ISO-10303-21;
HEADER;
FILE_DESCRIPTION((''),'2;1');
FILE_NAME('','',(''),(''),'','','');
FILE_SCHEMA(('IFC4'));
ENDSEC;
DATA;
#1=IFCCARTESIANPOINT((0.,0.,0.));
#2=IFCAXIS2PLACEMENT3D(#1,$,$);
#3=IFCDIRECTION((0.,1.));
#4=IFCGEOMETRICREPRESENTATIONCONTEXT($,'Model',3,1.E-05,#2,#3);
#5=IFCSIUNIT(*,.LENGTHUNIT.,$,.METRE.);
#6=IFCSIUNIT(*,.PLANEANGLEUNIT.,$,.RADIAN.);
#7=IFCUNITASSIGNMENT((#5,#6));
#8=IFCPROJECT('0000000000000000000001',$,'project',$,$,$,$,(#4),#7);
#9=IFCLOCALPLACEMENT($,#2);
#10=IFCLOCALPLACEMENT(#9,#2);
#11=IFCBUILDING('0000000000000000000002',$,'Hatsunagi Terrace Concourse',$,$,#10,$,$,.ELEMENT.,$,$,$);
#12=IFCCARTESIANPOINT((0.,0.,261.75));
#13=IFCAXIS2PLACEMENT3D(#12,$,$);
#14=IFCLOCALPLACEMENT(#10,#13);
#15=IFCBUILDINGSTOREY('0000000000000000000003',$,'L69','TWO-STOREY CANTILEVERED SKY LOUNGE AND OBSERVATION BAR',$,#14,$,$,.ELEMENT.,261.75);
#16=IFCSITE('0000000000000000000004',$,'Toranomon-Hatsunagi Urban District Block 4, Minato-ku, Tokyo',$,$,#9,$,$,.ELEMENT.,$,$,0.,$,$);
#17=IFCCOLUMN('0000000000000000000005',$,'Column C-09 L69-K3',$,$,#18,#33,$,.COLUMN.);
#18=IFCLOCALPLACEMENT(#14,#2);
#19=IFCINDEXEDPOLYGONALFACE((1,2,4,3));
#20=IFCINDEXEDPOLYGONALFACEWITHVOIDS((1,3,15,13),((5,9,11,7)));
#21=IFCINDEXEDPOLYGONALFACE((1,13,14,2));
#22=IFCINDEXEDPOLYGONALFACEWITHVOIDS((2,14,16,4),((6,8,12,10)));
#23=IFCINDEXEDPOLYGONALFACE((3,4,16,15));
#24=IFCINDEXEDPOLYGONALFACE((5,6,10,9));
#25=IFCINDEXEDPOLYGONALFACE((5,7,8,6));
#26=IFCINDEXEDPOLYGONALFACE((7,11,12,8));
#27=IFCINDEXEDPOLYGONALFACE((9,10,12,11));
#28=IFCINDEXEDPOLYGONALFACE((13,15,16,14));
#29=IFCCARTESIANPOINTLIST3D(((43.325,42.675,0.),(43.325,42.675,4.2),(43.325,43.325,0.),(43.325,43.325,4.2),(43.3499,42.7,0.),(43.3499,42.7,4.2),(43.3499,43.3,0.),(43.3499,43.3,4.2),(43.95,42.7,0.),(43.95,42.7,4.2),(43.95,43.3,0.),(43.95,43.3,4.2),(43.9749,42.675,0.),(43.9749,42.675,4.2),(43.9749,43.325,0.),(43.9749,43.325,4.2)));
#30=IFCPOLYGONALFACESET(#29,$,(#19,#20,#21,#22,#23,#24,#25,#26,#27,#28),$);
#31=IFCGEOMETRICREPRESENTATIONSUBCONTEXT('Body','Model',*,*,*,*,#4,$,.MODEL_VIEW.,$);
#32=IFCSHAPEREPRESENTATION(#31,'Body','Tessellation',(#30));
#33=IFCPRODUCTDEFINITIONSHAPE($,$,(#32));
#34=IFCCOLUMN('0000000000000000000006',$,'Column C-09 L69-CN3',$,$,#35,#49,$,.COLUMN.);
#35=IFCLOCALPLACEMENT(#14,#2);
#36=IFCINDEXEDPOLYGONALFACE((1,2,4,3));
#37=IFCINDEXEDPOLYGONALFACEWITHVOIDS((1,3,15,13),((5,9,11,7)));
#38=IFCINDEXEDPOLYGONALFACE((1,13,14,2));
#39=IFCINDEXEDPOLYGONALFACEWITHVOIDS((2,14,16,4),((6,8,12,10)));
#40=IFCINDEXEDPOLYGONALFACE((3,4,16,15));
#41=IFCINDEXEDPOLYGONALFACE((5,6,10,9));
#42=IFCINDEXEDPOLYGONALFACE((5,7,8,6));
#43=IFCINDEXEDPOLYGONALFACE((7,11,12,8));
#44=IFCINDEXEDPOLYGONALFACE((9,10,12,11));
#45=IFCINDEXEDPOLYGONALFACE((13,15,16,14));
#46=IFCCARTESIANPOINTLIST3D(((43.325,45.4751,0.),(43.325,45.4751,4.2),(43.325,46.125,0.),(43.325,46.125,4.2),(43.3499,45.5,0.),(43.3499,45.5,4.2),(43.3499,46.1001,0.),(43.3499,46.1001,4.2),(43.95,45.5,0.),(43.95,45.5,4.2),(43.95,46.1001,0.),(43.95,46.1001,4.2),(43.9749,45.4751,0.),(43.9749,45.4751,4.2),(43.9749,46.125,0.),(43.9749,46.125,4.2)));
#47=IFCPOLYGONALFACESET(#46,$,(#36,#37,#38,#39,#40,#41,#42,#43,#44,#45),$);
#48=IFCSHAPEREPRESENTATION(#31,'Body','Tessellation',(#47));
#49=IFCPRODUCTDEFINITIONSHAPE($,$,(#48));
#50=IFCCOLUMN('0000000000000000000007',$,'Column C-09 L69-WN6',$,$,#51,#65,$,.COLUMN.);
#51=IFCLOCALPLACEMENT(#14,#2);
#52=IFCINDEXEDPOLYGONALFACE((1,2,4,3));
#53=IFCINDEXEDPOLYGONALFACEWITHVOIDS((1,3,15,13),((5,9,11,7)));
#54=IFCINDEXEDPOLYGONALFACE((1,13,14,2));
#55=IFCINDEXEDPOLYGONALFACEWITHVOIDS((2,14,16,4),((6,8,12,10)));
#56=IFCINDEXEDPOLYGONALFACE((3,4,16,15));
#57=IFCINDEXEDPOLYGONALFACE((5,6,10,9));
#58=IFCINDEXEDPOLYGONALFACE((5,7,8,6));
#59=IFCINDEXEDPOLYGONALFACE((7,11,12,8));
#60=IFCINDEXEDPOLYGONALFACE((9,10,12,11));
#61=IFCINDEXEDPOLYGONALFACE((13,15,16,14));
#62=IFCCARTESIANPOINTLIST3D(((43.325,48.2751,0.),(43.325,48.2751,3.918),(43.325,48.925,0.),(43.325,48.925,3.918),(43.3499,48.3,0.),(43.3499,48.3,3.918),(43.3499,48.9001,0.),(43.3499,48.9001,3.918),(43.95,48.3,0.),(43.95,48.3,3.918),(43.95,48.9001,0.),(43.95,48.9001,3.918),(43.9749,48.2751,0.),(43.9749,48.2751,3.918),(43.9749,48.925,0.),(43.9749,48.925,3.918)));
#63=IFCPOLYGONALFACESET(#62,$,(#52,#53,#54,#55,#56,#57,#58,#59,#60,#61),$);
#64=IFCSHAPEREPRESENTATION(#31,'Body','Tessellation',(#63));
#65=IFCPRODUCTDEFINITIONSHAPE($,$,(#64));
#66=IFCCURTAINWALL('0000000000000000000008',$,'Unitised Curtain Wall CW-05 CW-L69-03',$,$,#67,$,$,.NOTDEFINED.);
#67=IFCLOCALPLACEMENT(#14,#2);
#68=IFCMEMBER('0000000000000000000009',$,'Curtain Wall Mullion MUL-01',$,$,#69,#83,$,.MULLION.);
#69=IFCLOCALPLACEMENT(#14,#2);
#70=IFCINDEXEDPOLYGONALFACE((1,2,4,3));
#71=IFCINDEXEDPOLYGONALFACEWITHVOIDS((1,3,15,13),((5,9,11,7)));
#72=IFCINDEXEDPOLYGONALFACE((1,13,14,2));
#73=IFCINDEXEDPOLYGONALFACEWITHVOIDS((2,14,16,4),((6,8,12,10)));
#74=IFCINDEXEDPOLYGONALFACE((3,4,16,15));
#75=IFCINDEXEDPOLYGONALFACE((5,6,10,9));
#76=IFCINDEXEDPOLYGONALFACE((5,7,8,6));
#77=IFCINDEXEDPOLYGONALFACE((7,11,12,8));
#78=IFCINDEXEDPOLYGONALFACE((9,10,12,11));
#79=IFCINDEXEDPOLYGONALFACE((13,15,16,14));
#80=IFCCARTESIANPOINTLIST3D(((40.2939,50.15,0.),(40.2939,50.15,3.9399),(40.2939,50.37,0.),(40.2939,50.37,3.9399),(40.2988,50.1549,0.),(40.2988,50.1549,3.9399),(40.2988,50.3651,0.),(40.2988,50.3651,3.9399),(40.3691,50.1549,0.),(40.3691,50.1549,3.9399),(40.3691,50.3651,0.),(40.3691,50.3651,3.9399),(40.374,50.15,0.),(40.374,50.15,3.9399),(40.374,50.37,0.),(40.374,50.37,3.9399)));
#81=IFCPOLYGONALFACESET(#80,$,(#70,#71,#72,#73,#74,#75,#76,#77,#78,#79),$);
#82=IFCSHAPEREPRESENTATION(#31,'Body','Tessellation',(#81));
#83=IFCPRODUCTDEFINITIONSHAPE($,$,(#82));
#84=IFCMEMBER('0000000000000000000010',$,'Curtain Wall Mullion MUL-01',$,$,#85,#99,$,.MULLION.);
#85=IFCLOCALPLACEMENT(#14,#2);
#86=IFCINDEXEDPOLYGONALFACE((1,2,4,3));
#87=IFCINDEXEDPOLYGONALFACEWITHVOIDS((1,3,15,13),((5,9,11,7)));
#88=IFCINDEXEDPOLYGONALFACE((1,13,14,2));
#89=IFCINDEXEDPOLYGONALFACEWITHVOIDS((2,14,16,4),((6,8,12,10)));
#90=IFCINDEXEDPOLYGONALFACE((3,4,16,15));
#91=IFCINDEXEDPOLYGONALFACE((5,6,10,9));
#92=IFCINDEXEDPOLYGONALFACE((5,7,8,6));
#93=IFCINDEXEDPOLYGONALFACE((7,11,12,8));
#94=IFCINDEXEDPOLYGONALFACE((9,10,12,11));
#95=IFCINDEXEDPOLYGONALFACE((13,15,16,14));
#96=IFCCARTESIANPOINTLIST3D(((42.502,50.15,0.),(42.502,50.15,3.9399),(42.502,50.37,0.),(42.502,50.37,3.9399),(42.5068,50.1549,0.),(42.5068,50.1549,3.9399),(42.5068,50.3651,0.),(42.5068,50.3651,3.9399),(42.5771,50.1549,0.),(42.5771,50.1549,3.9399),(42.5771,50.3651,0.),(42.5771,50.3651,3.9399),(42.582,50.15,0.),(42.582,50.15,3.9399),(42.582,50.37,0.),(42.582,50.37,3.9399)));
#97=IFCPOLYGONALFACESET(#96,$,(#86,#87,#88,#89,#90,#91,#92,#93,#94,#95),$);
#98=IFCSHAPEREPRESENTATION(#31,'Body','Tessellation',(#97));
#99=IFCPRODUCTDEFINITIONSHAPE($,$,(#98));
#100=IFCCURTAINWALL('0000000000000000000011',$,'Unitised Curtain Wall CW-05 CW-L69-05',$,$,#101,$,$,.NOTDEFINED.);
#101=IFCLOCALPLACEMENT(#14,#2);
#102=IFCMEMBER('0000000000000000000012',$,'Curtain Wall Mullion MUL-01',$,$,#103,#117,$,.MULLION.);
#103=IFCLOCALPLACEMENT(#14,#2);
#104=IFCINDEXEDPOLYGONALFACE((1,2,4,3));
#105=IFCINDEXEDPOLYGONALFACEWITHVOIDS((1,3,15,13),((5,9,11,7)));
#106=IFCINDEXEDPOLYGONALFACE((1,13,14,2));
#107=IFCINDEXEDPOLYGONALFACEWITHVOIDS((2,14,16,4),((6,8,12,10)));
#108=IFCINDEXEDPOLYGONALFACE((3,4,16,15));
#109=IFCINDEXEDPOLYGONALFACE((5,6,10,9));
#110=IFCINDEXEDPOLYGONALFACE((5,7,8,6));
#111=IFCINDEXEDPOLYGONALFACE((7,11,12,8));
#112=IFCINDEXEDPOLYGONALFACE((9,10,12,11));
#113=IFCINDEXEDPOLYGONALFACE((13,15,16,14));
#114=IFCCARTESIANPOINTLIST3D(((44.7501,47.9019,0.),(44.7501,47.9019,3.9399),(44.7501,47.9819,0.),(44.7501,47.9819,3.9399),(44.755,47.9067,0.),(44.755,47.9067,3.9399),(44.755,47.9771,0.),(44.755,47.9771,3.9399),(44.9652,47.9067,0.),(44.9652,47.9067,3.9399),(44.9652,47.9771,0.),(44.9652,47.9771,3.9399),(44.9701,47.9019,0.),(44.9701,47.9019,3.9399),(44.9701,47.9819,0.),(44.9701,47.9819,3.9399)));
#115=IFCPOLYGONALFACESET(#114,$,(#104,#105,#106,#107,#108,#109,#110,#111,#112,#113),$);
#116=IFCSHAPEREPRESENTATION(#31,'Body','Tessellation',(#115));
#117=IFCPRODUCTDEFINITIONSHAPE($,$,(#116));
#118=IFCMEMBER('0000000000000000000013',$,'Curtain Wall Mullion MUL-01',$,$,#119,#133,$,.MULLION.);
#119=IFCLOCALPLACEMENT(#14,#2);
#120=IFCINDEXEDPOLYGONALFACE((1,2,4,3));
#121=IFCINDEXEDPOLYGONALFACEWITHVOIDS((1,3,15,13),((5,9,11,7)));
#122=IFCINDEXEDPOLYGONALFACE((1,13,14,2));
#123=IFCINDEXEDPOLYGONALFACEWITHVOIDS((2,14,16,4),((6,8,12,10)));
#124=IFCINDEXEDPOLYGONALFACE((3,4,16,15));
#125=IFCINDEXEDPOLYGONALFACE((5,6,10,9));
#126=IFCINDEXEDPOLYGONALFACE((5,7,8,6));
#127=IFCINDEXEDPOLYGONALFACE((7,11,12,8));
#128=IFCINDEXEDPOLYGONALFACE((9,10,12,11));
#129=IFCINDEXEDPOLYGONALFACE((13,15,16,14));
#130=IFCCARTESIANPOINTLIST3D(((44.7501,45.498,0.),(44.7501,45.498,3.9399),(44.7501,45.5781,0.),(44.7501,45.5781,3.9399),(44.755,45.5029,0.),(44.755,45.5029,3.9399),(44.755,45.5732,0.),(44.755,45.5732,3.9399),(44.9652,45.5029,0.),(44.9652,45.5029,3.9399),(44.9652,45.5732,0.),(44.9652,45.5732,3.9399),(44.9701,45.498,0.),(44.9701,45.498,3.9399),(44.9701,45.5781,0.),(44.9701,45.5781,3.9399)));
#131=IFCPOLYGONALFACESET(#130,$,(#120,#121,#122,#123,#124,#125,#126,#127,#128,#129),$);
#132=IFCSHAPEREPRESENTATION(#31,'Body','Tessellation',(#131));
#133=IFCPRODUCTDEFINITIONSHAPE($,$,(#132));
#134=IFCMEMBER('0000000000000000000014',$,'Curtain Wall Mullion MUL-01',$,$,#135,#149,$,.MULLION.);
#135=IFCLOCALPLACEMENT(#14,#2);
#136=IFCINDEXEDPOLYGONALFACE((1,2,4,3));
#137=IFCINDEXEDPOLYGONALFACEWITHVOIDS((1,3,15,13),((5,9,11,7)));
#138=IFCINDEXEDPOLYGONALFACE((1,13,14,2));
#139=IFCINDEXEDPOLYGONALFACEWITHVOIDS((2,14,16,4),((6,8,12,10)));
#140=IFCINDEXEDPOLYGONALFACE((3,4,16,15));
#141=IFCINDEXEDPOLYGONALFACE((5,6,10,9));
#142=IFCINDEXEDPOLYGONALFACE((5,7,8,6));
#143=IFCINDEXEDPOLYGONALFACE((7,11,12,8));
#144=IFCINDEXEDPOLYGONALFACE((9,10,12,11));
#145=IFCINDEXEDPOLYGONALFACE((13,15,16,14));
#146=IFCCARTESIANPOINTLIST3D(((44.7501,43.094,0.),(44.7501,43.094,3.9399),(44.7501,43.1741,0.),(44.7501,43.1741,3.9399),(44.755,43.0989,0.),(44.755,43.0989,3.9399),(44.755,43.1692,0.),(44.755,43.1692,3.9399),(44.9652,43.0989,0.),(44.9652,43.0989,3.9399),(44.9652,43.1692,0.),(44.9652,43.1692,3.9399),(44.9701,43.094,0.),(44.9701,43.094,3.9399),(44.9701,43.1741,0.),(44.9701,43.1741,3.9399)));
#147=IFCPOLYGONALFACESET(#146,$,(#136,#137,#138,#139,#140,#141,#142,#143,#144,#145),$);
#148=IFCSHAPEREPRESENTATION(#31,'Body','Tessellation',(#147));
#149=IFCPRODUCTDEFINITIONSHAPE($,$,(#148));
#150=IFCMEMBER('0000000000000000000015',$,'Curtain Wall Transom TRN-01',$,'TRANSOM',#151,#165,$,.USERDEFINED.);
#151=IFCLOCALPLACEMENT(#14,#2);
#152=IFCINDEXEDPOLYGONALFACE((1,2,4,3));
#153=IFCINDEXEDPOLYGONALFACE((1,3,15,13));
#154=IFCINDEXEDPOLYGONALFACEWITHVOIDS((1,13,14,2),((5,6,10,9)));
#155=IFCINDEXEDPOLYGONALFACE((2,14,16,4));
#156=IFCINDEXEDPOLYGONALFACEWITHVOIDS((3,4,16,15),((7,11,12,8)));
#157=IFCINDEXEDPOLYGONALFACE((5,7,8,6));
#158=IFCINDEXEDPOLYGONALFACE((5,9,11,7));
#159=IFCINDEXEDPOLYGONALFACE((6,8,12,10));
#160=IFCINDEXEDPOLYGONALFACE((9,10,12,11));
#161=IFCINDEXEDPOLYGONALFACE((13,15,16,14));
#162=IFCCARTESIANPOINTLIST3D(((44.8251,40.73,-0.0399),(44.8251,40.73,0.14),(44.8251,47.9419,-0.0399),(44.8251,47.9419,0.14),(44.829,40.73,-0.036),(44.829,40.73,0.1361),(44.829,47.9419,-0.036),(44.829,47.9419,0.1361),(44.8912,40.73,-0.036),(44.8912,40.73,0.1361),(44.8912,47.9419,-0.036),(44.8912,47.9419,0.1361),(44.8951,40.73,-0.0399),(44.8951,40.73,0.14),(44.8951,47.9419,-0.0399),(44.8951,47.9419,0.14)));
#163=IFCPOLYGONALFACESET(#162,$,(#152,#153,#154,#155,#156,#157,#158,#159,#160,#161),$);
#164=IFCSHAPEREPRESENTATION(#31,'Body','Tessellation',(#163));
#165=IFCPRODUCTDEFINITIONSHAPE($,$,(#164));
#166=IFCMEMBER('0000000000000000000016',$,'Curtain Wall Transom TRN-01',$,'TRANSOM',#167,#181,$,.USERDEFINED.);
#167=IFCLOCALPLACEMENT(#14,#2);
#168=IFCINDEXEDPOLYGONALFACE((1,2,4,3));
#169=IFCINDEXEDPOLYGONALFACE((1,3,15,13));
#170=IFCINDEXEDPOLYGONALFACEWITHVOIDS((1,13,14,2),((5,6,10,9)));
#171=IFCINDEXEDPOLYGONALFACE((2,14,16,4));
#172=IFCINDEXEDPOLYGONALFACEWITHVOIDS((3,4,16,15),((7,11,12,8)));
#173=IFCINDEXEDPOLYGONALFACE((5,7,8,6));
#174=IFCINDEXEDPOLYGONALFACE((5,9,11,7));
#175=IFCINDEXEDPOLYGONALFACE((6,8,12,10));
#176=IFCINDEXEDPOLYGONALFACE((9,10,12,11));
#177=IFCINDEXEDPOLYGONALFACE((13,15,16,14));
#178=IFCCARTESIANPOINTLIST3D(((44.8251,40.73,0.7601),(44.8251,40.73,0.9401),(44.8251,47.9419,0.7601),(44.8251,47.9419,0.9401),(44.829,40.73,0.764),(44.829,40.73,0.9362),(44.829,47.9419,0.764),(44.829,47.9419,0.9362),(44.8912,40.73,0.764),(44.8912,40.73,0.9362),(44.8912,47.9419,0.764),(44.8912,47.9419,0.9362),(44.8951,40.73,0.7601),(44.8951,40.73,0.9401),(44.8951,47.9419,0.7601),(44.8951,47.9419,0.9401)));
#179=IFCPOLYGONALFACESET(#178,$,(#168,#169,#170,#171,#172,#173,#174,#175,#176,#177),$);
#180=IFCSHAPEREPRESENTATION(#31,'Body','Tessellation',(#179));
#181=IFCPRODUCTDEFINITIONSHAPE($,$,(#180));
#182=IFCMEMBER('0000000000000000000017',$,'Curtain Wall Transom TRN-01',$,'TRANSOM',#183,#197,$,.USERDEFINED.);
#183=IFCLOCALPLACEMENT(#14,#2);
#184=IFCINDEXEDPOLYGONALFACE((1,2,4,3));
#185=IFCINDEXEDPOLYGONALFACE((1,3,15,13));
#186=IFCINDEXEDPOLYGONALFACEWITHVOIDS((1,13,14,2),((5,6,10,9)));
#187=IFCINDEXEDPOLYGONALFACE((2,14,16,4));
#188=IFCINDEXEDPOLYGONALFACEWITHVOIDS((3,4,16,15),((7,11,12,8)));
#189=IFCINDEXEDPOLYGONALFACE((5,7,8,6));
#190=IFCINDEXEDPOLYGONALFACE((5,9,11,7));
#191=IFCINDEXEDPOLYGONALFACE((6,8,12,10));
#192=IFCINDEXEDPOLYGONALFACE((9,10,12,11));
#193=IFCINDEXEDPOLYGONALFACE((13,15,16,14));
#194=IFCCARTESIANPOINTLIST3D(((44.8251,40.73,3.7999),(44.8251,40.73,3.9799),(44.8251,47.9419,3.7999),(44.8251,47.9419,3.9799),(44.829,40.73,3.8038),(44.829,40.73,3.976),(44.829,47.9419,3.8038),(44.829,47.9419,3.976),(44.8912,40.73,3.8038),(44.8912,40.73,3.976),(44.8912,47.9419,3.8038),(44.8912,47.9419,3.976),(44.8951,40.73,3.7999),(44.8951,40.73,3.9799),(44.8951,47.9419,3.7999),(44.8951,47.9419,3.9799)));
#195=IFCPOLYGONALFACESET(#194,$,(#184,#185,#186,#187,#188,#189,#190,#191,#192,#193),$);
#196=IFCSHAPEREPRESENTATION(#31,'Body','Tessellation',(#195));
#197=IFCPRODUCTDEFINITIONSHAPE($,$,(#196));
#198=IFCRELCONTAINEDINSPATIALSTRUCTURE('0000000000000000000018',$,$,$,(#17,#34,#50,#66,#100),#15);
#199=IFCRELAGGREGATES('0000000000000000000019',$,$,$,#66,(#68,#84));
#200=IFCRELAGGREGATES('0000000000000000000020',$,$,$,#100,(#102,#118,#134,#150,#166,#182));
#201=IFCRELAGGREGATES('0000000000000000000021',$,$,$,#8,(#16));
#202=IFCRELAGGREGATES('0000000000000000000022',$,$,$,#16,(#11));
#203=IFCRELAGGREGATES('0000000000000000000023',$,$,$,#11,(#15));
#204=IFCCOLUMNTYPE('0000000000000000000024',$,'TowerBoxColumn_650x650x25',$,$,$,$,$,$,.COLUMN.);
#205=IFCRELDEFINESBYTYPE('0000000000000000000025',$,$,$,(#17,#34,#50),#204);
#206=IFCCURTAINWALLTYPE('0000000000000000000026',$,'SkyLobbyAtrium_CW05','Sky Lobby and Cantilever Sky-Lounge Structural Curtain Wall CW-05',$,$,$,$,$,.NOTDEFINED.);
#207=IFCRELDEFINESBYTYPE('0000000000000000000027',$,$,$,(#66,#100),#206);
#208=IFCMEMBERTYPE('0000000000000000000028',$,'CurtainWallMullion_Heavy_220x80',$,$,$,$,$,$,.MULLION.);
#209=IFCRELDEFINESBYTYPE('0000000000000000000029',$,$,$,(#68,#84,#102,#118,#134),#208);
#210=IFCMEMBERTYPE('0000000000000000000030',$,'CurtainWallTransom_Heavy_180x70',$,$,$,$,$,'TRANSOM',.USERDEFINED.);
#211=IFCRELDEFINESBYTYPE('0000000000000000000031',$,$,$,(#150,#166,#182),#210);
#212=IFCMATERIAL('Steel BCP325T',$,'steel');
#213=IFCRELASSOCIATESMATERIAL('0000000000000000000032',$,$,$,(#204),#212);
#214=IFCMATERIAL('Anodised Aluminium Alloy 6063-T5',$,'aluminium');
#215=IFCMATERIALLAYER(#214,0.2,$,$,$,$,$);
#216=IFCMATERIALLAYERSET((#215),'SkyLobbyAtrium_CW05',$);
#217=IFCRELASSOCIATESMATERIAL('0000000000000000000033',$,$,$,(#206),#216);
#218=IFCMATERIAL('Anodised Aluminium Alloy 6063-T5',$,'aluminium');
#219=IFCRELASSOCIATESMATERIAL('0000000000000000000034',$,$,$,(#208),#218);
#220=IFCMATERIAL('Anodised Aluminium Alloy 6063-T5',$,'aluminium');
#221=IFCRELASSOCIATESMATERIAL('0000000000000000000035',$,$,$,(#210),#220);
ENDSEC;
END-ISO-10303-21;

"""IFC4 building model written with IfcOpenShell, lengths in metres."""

from ifc_helpers import new_model, si_unit, direction, frame, origin, origin_2d, place, context, subcontext, project, spatial, hollow_rectangle, extrude, material, layer, layer_set, material_profile, profile_set, type_object, element, aggregate, save


model = new_model("IFC4")

# Units and contexts
model_context = context("Model", 3, precision=1e-05, world=origin(), true_north=direction((0.0, 1.0)))
body_context = subcontext(model_context, "Body", "Model", "MODEL_VIEW")
ifc_project = project(units=[si_unit("LENGTHUNIT", "METRE"), si_unit("PLANEANGLEUNIT", "RADIAN")], contexts=[model_context])

# Site, building, storey
site_placement = place(None, origin())
site = spatial("IfcSite", under=ifc_project, at=site_placement, Name="Toranomon-Hatsunagi Urban District Block 4, Minato-ku, Tokyo", CompositionType="ELEMENT", RefElevation=0.0)
building_placement = place(site_placement, origin())
building = spatial("IfcBuilding", under=site, at=building_placement, Name="Hatsunagi Terrace Concourse", CompositionType="ELEMENT")
storey_placement = place(building_placement, frame((0.0, 0.0, 261.75)))
storey = spatial("IfcBuildingStorey", under=building, at=storey_placement, Name="L69", Description="TWO-STOREY CANTILEVERED SKY LOUNGE AND OBSERVATION BAR", CompositionType="ELEMENT", Elevation=261.75)

# Columns
ifc_material_1 = material(Name="Steel BCP325T", Category="steel")
ifc_material_profile_1 = material_profile(ifc_material_1, hollow_rectangle(XDim=0.6499, YDim=0.6499, WallThickness=0.0249, at=origin_2d()), Name="BCP-650x650x25")
ifc_profile_set_1 = profile_set([ifc_material_profile_1], Name="Steel BCP325T")
column_type = type_object("IfcColumnType", Name="TowerBoxColumn_650x650x25", PredefinedType="COLUMN", material=ifc_profile_set_1)
for number, where, z_axis, x_axis, name in (
    (1, (43.6499, 43.0, 0.0), (0.0, 0.0, 1.0), (1.0, 0.0, 0.0), "Column C-09 L69-K3"),
    (2, (43.6499, 45.8, 0.0), (0.0, 0.0, 1.0), (1.0, 0.0, 0.0), "Column C-09 L69-CN3"),
):
    element("IfcColumn", number, at=place(storey_placement, frame(where, z_axis=z_axis, x_axis=x_axis)), inside=storey, type_object=column_type, Name=name, PredefinedType="COLUMN", context=body_context, shape_type="SweptSolid", body=[
        extrude(hollow_rectangle(XDim=0.6499, YDim=0.6499, WallThickness=0.0249, at=origin_2d()), origin(), (0.0, 0.0, 1.0), 4.2),
    ])
column_placement = place(storey_placement, frame((43.6499, 48.6001, 0.0), z_axis=(0.0, 0.0, 1.0), x_axis=(1.0, 0.0, 0.0)))
element("IfcColumn", 3, at=column_placement, inside=storey, type_object=column_type, Name="Column C-09 L69-WN6", PredefinedType="COLUMN", context=body_context, shape_type="SweptSolid", body=[
    extrude(hollow_rectangle(XDim=0.6499, YDim=0.6499, WallThickness=0.0249, at=origin_2d()), origin(), (0.0, 0.0, 1.0), 3.918),
])

# Curtain walls, members
ifc_material_2 = material(Name="Anodised Aluminium Alloy 6063-T5", Category="aluminium")
ifc_layer_1 = layer(ifc_material_2, 0.2)
ifc_layer_set_1 = layer_set([ifc_layer_1], Name="SkyLobbyAtrium_CW05")
curtain_wall_type = type_object("IfcCurtainWallType", Name="SkyLobbyAtrium_CW05", Description="Sky Lobby and Cantilever Sky-Lounge Structural Curtain Wall CW-05", PredefinedType="NOTDEFINED", material=ifc_layer_set_1)
curtain_wall_1_placement = place(storey_placement, origin())
curtain_wall_1 = element("IfcCurtainWall", 4, at=curtain_wall_1_placement, inside=storey, type_object=curtain_wall_type, Name="Unitised Curtain Wall CW-05 CW-L69-03", PredefinedType="NOTDEFINED")
ifc_material_3 = material(Name="Anodised Aluminium Alloy 6063-T5", Category="aluminium")
ifc_material_profile_2 = material_profile(ifc_material_3, hollow_rectangle(XDim=0.0801, YDim=0.22, WallThickness=0.0049, at=origin_2d()), Name="ALU-MUL-220x80x5")
ifc_profile_set_2 = profile_set([ifc_material_profile_2], Name="Anodised Aluminium Alloy 6063-T5")
member_type_1 = type_object("IfcMemberType", Name="CurtainWallMullion_Heavy_220x80", PredefinedType="MULLION", material=ifc_profile_set_2)
member_1_placement = place(storey_placement, frame((40.334, 50.26, 0.0), z_axis=(0.0, 0.0, 1.0), x_axis=(1.0, 0.0, 0.0)))
member_1 = element("IfcMember", 5, at=member_1_placement, type_object=member_type_1, Name="Curtain Wall Mullion MUL-01", PredefinedType="MULLION", context=body_context, shape_type="SweptSolid", body=[
    extrude(hollow_rectangle(XDim=0.0801, YDim=0.22, WallThickness=0.0049, at=origin_2d()), origin(), (0.0, 0.0, 1.0), 3.9399),
])
member_2_placement = place(storey_placement, frame((42.542, 50.26, 0.0), z_axis=(0.0, 0.0, 1.0), x_axis=(1.0, 0.0, 0.0)))
member_2 = element("IfcMember", 6, at=member_2_placement, type_object=member_type_1, Name="Curtain Wall Mullion MUL-01", PredefinedType="MULLION", context=body_context, shape_type="SweptSolid", body=[
    extrude(hollow_rectangle(XDim=0.0801, YDim=0.22, WallThickness=0.0049, at=origin_2d()), origin(), (0.0, 0.0, 1.0), 3.9399),
])
curtain_wall_2_placement = place(storey_placement, origin())
curtain_wall_2 = element("IfcCurtainWall", 7, at=curtain_wall_2_placement, inside=storey, type_object=curtain_wall_type, Name="Unitised Curtain Wall CW-05 CW-L69-05", PredefinedType="NOTDEFINED")
member_3_placement = place(storey_placement, frame((44.8601, 47.9419, 0.0), z_axis=(0.0, 0.0, 1.0), x_axis=(0.0, -1.0, 0.0)))
member_3 = element("IfcMember", 8, at=member_3_placement, type_object=member_type_1, Name="Curtain Wall Mullion MUL-01", PredefinedType="MULLION", context=body_context, shape_type="SweptSolid", body=[
    extrude(hollow_rectangle(XDim=0.0801, YDim=0.22, WallThickness=0.0049, at=origin_2d()), origin(), (0.0, 0.0, 1.0), 3.9399),
])
member_4_placement = place(storey_placement, frame((44.8601, 45.5381, 0.0), z_axis=(0.0, 0.0, 1.0), x_axis=(0.0, -1.0, 0.0)))
member_4 = element("IfcMember", 9, at=member_4_placement, type_object=member_type_1, Name="Curtain Wall Mullion MUL-01", PredefinedType="MULLION", context=body_context, shape_type="SweptSolid", body=[
    extrude(hollow_rectangle(XDim=0.0801, YDim=0.22, WallThickness=0.0049, at=origin_2d()), origin(), (0.0, 0.0, 1.0), 3.9399),
])
member_5_placement = place(storey_placement, frame((44.8601, 43.134, 0.0), z_axis=(0.0, 0.0, 1.0), x_axis=(0.0, -1.0, 0.0)))
member_5 = element("IfcMember", 10, at=member_5_placement, type_object=member_type_1, Name="Curtain Wall Mullion MUL-01", PredefinedType="MULLION", context=body_context, shape_type="SweptSolid", body=[
    extrude(hollow_rectangle(XDim=0.0801, YDim=0.22, WallThickness=0.0049, at=origin_2d()), origin(), (0.0, 0.0, 1.0), 3.9399),
])
ifc_material_4 = material(Name="Anodised Aluminium Alloy 6063-T5", Category="aluminium")
ifc_material_profile_3 = material_profile(ifc_material_4, hollow_rectangle(XDim=0.0701, YDim=0.1799, WallThickness=0.0039, at=origin_2d()), Name="ALU-TRN-180x70x4")
ifc_profile_set_3 = profile_set([ifc_material_profile_3], Name="Anodised Aluminium Alloy 6063-T5")
member_type_2 = type_object("IfcMemberType", Name="CurtainWallTransom_Heavy_180x70", ElementType="TRANSOM", PredefinedType="USERDEFINED", material=ifc_profile_set_3)
member_6_placement = place(storey_placement, frame((44.8601, 47.9419, 0.05), z_axis=(0.0, -1.0, 0.0), x_axis=(1.0, 0.0, 0.0)))
member_6 = element("IfcMember", 11, at=member_6_placement, type_object=member_type_2, Name="Curtain Wall Transom TRN-01", ObjectType="TRANSOM", PredefinedType="USERDEFINED", context=body_context, shape_type="SweptSolid", body=[
    extrude(hollow_rectangle(XDim=0.0701, YDim=0.1799, WallThickness=0.0039, at=origin_2d()), origin(), (0.0, 0.0, 1.0), 7.2119),
])
member_7_placement = place(storey_placement, frame((44.8601, 47.9419, 0.8501), z_axis=(0.0, -1.0, 0.0), x_axis=(1.0, 0.0, 0.0)))
member_7 = element("IfcMember", 12, at=member_7_placement, type_object=member_type_2, Name="Curtain Wall Transom TRN-01", ObjectType="TRANSOM", PredefinedType="USERDEFINED", context=body_context, shape_type="SweptSolid", body=[
    extrude(hollow_rectangle(XDim=0.0701, YDim=0.1799, WallThickness=0.0039, at=origin_2d()), origin(), (0.0, 0.0, 1.0), 7.2119),
])
member_8_placement = place(storey_placement, frame((44.8601, 47.9419, 3.8899), z_axis=(0.0, -1.0, 0.0), x_axis=(1.0, 0.0, 0.0)))
member_8 = element("IfcMember", 13, at=member_8_placement, type_object=member_type_2, Name="Curtain Wall Transom TRN-01", ObjectType="TRANSOM", PredefinedType="USERDEFINED", context=body_context, shape_type="SweptSolid", body=[
    extrude(hollow_rectangle(XDim=0.0701, YDim=0.1799, WallThickness=0.0039, at=origin_2d()), origin(), (0.0, 0.0, 1.0), 7.2119),
])

aggregate(curtain_wall_1, [member_1, member_2])
aggregate(curtain_wall_2, [member_3, member_4, member_5, member_6, member_7, member_8])

save(model, "model.ifc")
